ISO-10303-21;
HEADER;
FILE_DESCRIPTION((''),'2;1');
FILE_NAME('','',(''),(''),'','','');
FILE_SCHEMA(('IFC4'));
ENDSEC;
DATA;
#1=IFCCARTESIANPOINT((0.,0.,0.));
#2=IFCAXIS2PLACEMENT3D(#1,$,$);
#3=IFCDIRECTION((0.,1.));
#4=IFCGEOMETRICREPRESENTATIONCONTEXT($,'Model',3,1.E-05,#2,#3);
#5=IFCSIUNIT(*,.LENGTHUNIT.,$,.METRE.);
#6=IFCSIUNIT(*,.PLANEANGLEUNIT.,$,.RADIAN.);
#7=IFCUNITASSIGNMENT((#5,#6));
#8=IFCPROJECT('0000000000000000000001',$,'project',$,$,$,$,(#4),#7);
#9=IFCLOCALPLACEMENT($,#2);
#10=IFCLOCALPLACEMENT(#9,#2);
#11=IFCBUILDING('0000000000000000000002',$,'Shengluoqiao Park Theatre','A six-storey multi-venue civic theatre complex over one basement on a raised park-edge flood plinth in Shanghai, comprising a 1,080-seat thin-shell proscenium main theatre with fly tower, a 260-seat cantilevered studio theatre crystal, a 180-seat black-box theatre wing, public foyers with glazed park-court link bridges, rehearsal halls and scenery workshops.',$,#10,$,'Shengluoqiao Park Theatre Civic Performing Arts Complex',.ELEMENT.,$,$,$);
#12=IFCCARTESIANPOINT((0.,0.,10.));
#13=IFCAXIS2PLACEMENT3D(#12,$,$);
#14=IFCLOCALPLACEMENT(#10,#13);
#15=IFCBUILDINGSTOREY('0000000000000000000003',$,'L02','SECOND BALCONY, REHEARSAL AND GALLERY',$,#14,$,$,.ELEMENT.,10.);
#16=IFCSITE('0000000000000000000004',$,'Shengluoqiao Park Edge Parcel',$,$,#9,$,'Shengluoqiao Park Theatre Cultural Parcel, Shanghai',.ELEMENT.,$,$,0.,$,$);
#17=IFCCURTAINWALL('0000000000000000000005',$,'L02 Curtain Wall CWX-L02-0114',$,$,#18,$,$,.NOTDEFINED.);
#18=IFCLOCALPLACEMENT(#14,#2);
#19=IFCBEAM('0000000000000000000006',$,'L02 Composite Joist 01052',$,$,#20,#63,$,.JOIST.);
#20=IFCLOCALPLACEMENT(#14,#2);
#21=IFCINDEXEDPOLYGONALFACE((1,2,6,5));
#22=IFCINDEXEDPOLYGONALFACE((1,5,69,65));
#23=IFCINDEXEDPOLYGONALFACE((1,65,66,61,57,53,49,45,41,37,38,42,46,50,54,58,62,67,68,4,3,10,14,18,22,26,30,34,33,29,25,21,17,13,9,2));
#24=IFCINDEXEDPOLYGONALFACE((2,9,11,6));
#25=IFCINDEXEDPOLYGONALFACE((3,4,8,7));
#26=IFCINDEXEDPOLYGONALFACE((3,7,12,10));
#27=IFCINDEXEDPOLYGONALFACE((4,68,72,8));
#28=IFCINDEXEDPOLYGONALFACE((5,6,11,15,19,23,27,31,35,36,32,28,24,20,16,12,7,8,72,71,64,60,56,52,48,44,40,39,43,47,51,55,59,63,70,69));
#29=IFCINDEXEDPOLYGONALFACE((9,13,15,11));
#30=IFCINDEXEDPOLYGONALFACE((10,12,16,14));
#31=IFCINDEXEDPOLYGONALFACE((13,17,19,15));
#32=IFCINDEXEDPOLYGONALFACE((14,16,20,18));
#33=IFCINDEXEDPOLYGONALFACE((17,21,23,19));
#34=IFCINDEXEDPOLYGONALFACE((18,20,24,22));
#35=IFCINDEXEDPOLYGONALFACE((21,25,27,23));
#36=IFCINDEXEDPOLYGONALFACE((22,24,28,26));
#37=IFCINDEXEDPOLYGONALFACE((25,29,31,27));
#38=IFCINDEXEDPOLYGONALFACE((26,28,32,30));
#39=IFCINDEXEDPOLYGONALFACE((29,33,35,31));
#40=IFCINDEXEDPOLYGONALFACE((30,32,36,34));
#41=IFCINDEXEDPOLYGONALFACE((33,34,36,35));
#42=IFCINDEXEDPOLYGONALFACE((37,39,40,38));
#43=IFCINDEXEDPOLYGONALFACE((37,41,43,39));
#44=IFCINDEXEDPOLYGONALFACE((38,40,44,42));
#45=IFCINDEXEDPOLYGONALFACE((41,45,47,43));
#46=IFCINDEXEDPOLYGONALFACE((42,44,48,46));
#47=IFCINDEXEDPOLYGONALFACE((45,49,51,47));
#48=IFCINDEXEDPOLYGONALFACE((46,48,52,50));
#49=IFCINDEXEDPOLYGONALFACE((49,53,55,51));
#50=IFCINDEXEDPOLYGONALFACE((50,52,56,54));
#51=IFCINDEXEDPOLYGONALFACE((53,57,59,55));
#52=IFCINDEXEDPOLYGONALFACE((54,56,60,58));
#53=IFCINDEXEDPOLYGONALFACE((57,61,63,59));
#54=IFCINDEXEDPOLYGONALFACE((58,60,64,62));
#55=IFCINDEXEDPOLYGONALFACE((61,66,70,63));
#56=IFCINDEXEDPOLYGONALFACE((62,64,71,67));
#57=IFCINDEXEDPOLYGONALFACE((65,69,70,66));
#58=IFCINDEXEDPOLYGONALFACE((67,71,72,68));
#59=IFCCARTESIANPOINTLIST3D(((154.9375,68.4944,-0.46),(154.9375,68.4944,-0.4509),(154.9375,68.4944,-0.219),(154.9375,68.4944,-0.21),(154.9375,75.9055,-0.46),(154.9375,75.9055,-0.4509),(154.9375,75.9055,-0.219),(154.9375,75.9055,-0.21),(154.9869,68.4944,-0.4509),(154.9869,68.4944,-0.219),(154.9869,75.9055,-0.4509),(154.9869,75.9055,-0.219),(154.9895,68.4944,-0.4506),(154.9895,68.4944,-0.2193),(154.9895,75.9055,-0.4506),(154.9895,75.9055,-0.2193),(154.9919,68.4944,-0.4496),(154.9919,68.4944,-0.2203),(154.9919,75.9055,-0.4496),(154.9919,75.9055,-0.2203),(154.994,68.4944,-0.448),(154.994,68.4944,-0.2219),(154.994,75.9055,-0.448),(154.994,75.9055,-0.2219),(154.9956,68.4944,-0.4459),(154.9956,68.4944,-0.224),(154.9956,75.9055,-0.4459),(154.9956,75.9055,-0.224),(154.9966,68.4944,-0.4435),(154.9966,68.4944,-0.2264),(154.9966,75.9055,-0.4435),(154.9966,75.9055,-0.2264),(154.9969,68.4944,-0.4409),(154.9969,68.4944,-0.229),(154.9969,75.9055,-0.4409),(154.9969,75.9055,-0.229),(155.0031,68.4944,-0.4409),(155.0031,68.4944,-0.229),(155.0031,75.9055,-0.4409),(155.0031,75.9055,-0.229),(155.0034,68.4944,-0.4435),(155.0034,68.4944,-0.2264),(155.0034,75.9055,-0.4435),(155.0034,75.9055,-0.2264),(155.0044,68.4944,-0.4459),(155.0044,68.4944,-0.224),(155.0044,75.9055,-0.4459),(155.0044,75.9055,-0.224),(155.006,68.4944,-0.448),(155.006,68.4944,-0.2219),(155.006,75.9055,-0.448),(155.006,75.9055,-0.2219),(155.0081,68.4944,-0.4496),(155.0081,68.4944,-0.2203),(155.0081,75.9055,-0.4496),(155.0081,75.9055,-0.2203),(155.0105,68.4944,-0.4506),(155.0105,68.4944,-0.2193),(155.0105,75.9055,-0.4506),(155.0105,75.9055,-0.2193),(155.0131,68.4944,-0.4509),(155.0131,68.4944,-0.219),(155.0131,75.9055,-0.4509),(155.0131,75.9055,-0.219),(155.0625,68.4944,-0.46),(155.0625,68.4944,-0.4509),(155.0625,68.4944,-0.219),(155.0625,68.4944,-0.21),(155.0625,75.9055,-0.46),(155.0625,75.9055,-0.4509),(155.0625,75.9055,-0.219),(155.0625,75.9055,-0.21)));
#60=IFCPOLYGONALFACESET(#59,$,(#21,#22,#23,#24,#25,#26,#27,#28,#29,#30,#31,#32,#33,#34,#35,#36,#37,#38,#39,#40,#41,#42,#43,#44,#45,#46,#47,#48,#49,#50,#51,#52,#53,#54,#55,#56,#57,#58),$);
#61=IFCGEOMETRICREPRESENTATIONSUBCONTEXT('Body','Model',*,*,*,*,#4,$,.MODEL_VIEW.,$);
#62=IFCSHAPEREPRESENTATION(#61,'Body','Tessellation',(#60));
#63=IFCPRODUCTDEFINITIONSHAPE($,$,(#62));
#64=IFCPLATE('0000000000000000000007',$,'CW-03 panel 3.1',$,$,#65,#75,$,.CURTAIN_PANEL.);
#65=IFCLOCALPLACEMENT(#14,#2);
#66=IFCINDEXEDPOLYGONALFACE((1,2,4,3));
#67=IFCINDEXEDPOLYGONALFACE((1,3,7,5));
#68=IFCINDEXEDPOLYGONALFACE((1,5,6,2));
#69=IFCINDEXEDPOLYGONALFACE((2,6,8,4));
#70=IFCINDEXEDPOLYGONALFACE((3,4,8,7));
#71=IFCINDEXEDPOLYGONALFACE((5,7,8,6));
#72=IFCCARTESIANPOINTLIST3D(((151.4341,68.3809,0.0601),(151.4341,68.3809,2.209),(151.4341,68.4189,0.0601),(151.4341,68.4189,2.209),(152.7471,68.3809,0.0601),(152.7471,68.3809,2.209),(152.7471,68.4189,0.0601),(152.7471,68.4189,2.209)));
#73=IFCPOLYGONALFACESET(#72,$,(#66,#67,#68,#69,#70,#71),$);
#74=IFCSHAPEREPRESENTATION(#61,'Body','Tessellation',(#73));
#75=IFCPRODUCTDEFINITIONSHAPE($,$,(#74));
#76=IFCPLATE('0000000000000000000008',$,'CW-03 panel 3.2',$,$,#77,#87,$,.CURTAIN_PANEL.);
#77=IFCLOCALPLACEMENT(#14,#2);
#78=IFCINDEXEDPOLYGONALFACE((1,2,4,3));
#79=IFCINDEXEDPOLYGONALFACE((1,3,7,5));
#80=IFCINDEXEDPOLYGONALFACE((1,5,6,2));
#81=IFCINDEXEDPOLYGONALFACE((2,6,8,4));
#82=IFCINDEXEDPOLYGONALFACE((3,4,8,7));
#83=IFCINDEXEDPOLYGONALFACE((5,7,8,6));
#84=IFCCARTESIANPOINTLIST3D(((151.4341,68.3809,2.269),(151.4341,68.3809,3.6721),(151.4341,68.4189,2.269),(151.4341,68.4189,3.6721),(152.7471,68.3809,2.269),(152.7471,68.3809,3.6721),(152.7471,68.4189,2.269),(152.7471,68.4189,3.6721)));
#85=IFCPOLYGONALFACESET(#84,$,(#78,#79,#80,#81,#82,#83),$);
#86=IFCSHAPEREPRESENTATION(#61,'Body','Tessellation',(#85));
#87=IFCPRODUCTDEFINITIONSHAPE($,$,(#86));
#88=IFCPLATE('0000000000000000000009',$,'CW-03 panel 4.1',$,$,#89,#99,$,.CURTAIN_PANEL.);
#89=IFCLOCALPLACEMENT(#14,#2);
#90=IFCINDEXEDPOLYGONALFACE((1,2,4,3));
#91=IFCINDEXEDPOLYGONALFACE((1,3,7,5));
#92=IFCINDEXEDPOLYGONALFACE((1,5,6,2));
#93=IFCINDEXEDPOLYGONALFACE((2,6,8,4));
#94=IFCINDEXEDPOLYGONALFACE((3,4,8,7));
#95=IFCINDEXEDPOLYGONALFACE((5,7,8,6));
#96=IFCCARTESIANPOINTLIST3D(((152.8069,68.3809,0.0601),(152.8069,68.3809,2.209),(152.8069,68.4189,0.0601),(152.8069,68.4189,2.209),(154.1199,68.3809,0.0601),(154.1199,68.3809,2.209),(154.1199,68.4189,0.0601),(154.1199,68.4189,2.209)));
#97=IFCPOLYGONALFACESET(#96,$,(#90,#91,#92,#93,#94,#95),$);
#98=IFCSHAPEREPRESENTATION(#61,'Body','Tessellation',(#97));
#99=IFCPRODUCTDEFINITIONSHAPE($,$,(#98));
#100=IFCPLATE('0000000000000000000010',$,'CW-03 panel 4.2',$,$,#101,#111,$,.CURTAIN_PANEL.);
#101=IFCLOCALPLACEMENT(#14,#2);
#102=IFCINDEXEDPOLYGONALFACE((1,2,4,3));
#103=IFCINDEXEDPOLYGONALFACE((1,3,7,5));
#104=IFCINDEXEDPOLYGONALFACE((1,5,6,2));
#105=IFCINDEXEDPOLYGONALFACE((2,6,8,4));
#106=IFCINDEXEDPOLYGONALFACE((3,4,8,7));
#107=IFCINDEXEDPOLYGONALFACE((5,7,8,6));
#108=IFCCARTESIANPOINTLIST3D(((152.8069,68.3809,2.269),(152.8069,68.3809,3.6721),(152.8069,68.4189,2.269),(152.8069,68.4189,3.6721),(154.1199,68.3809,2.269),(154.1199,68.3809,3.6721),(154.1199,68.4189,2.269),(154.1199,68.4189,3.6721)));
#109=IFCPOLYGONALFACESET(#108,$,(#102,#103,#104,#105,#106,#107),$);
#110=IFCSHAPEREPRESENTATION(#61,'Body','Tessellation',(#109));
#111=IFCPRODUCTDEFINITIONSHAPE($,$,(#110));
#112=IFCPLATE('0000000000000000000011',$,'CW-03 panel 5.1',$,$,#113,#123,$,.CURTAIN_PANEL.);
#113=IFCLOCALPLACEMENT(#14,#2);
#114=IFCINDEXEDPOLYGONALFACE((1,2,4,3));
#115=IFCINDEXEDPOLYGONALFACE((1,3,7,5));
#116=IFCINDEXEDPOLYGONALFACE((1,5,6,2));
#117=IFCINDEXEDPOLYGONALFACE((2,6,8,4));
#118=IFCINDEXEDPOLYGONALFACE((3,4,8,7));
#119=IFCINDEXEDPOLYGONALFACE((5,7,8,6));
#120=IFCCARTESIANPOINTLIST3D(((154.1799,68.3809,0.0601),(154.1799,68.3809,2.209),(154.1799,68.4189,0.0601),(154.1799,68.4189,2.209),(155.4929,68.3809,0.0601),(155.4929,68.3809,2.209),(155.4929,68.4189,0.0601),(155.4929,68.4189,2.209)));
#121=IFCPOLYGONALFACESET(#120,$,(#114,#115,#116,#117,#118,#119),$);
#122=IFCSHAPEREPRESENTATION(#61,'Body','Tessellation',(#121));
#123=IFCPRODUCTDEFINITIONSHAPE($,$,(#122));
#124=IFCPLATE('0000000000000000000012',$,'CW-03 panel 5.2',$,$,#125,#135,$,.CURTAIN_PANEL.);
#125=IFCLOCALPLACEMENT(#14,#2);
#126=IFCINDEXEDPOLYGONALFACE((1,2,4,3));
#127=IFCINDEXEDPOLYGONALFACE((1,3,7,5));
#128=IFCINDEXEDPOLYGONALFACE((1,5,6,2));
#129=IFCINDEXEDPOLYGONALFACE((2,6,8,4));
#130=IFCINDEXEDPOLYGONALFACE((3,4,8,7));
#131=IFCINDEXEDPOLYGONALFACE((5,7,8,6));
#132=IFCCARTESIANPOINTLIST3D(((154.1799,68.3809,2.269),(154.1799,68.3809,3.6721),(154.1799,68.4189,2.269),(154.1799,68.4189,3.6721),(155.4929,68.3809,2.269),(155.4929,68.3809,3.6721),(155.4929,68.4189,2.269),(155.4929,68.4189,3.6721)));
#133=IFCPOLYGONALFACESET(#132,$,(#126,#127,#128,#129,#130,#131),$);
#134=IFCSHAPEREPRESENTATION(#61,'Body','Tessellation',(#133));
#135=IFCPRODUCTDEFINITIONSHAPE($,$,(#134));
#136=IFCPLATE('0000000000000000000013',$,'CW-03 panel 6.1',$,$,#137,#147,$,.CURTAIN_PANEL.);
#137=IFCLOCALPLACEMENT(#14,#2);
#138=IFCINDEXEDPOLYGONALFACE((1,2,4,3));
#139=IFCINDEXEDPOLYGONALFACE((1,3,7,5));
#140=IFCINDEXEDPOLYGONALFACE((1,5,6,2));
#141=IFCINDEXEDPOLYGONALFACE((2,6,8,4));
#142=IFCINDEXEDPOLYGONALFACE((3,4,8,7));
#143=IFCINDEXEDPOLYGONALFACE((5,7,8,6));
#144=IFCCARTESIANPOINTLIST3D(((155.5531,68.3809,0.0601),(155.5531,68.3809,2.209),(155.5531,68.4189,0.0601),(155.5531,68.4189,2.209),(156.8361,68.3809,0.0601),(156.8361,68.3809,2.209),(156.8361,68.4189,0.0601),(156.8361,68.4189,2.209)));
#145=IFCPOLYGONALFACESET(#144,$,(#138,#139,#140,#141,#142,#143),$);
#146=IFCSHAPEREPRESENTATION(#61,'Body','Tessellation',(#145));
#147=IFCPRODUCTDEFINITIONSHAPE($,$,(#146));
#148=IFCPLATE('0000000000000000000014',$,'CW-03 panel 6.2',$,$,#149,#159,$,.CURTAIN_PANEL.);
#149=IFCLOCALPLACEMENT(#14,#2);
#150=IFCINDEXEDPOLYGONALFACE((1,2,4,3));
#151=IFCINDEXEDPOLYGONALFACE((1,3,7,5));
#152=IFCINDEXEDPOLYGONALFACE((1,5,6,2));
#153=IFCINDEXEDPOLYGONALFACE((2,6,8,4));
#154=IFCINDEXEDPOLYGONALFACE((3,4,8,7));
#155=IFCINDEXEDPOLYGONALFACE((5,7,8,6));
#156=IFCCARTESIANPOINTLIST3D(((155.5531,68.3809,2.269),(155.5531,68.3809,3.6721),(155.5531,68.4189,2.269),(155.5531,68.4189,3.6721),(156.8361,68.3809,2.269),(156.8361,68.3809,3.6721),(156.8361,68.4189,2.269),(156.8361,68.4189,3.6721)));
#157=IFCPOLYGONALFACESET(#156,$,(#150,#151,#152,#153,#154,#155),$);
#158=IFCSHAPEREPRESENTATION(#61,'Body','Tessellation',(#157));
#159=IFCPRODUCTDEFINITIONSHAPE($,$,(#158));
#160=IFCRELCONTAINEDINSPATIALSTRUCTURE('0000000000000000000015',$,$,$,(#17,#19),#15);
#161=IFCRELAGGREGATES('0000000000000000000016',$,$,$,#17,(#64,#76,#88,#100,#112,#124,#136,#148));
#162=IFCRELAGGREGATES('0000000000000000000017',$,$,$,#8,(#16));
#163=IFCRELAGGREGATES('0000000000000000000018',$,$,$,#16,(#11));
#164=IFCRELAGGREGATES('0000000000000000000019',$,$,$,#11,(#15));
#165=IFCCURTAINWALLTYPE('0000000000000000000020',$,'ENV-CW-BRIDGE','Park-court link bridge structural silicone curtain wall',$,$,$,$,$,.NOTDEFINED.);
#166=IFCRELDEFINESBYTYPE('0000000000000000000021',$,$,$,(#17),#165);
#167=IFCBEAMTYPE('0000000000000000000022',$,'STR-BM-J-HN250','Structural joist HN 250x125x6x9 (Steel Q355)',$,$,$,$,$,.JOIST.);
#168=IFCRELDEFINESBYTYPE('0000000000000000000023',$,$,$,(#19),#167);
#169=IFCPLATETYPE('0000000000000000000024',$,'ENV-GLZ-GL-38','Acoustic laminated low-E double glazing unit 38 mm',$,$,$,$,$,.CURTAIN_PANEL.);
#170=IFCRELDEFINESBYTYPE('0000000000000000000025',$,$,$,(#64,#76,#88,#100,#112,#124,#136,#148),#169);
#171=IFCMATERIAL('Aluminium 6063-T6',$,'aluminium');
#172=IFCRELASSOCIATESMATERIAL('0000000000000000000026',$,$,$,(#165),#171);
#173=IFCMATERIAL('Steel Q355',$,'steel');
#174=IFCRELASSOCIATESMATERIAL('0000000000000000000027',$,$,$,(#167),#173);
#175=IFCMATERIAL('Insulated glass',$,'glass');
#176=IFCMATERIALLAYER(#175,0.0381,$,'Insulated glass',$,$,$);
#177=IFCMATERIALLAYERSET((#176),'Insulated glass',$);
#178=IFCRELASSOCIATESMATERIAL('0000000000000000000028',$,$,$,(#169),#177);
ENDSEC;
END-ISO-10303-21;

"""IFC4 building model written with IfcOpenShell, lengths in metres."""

from ifc_helpers import new_model, si_unit, direction, frame, origin, origin_2d, place, context, subcontext, project, spatial, rectangle, i_section, extrude, material, layer, layer_set, material_profile, profile_set, type_object, element, aggregate, save


model = new_model("IFC4")

# Units and contexts
model_context = context("Model", 3, precision=1e-05, world=origin(), true_north=direction((0.0, 1.0)))
body_context = subcontext(model_context, "Body", "Model", "MODEL_VIEW")
ifc_project = project(units=[si_unit("LENGTHUNIT", "METRE"), si_unit("PLANEANGLEUNIT", "RADIAN")], contexts=[model_context])

# Site, building, storey
site_placement = place(None, origin())
site = spatial("IfcSite", under=ifc_project, at=site_placement, Name="Shengluoqiao Park Edge Parcel", LongName="Shengluoqiao Park Theatre Cultural Parcel, Shanghai", CompositionType="ELEMENT", RefElevation=0.0)
building_placement = place(site_placement, origin())
building = spatial("IfcBuilding", under=site, at=building_placement, Name="Shengluoqiao Park Theatre", Description="A six-storey multi-venue civic theatre complex over one basement on a raised park-edge flood plinth in Shanghai, comprising a 1,080-seat thin-shell proscenium main theatre with fly tower, a 260-seat cantilevered studio theatre crystal, a 180-seat black-box theatre wing, public foyers with glazed park-court link bridges, rehearsal halls and scenery workshops.", LongName="Shengluoqiao Park Theatre Civic Performing Arts Complex", CompositionType="ELEMENT")
storey_placement = place(building_placement, frame((0.0, 0.0, 10.0)))
storey = spatial("IfcBuildingStorey", under=building, at=storey_placement, Name="L02", Description="SECOND BALCONY, REHEARSAL AND GALLERY", CompositionType="ELEMENT", Elevation=10.0)

# Curtain wall
ifc_material_1 = material(Name="Aluminium 6063-T6", Category="aluminium")
curtain_wall_type = type_object("IfcCurtainWallType", Name="ENV-CW-BRIDGE", Description="Park-court link bridge structural silicone curtain wall", PredefinedType="NOTDEFINED", material=ifc_material_1)
curtain_wall_placement = place(storey_placement, origin())
curtain_wall = element("IfcCurtainWall", 1, at=curtain_wall_placement, inside=storey, type_object=curtain_wall_type, Name="L02 Curtain Wall CWX-L02-0114", PredefinedType="NOTDEFINED")

# Beam
ifc_material_2 = material(Name="Steel Q355", Category="steel")
ifc_material_profile_1 = material_profile(ifc_material_2, i_section(OverallWidth=0.125, OverallDepth=0.25, WebThickness=0.0061, FlangeThickness=0.009, FilletRadius=0.01, at=origin_2d()), Name="HN 250x125x6x9")
ifc_profile_set_1 = profile_set([ifc_material_profile_1], Name="Steel Q355")
beam_type = type_object("IfcBeamType", Name="STR-BM-J-HN250", Description="Structural joist HN 250x125x6x9 (Steel Q355)", PredefinedType="JOIST", material=ifc_profile_set_1)
for number, where, z_axis, x_axis, name in (
    (2, (155.0, 68.4944, -0.335), (0.0, 1.0, 0.0), (-1.0, 0.0, 0.0), "L02 Composite Joist 01052"),
):
    element("IfcBeam", number, at=place(storey_placement, frame(where, z_axis=z_axis, x_axis=x_axis)), inside=storey, type_object=beam_type, Name=name, PredefinedType="JOIST", context=body_context, shape_type="SweptSolid", body=[
        extrude(i_section(OverallWidth=0.125, OverallDepth=0.25, WebThickness=0.0061, FlangeThickness=0.009, FilletRadius=0.01, at=origin_2d()), origin(), (0.0, 0.0, 1.0), 7.4111),
    ])

# Plates
ifc_material_3 = material(Name="Insulated glass", Category="glass")
ifc_layer = layer(ifc_material_3, 0.0381, Name="Insulated glass")
ifc_layer_set = layer_set([ifc_layer], Name="Insulated glass")
plate_type = type_object("IfcPlateType", Name="ENV-GLZ-GL-38", Description="Acoustic laminated low-E double glazing unit 38 mm", PredefinedType="CURTAIN_PANEL", material=ifc_layer_set)
plate_1_placement = place(storey_placement, frame((152.0906, 68.3999, 0.0601), z_axis=(0.0, 0.0, 1.0), x_axis=(1.0, 0.0, 0.0)))
plate_1 = element("IfcPlate", 3, at=plate_1_placement, type_object=plate_type, Name="CW-03 panel 3.1", PredefinedType="CURTAIN_PANEL", context=body_context, shape_type="SweptSolid", body=[
    extrude(rectangle(XDim=1.313, YDim=0.0381, at=origin_2d()), origin(), (0.0, 0.0, 1.0), 2.1489),
])
plate_2_placement = place(storey_placement, frame((152.0906, 68.3999, 2.269), z_axis=(0.0, 0.0, 1.0), x_axis=(1.0, 0.0, 0.0)))
plate_2 = element("IfcPlate", 4, at=plate_2_placement, type_object=plate_type, Name="CW-03 panel 3.2", PredefinedType="CURTAIN_PANEL", context=body_context, shape_type="SweptSolid", body=[
    extrude(rectangle(XDim=1.313, YDim=0.0381, at=origin_2d()), origin(), (0.0, 0.0, 1.0), 1.4031),
])
plate_3_placement = place(storey_placement, frame((153.4634, 68.3999, 0.0601), z_axis=(0.0, 0.0, 1.0), x_axis=(1.0, 0.0, 0.0)))
plate_3 = element("IfcPlate", 5, at=plate_3_placement, type_object=plate_type, Name="CW-03 panel 4.1", PredefinedType="CURTAIN_PANEL", context=body_context, shape_type="SweptSolid", body=[
    extrude(rectangle(XDim=1.313, YDim=0.0381, at=origin_2d()), origin(), (0.0, 0.0, 1.0), 2.1489),
])
plate_4_placement = place(storey_placement, frame((153.4634, 68.3999, 2.269), z_axis=(0.0, 0.0, 1.0), x_axis=(1.0, 0.0, 0.0)))
plate_4 = element("IfcPlate", 6, at=plate_4_placement, type_object=plate_type, Name="CW-03 panel 4.2", PredefinedType="CURTAIN_PANEL", context=body_context, shape_type="SweptSolid", body=[
    extrude(rectangle(XDim=1.313, YDim=0.0381, at=origin_2d()), origin(), (0.0, 0.0, 1.0), 1.4031),
])
plate_5_placement = place(storey_placement, frame((154.8364, 68.3999, 0.0601), z_axis=(0.0, 0.0, 1.0), x_axis=(1.0, 0.0, 0.0)))
plate_5 = element("IfcPlate", 7, at=plate_5_placement, type_object=plate_type, Name="CW-03 panel 5.1", PredefinedType="CURTAIN_PANEL", context=body_context, shape_type="SweptSolid", body=[
    extrude(rectangle(XDim=1.313, YDim=0.0381, at=origin_2d()), origin(), (0.0, 0.0, 1.0), 2.1489),
])
plate_6_placement = place(storey_placement, frame((154.8364, 68.3999, 2.269), z_axis=(0.0, 0.0, 1.0), x_axis=(1.0, 0.0, 0.0)))
plate_6 = element("IfcPlate", 8, at=plate_6_placement, type_object=plate_type, Name="CW-03 panel 5.2", PredefinedType="CURTAIN_PANEL", context=body_context, shape_type="SweptSolid", body=[
    extrude(rectangle(XDim=1.313, YDim=0.0381, at=origin_2d()), origin(), (0.0, 0.0, 1.0), 1.4031),
])
plate_7_placement = place(storey_placement, frame((156.1946, 68.3999, 0.0601), z_axis=(0.0, 0.0, 1.0), x_axis=(1.0, 0.0, 0.0)))
plate_7 = element("IfcPlate", 9, at=plate_7_placement, type_object=plate_type, Name="CW-03 panel 6.1", PredefinedType="CURTAIN_PANEL", context=body_context, shape_type="SweptSolid", body=[
    extrude(rectangle(XDim=1.283, YDim=0.0381, at=origin_2d()), origin(), (0.0, 0.0, 1.0), 2.1489),
])
plate_8_placement = place(storey_placement, frame((156.1946, 68.3999, 2.269), z_axis=(0.0, 0.0, 1.0), x_axis=(1.0, 0.0, 0.0)))
plate_8 = element("IfcPlate", 10, at=plate_8_placement, type_object=plate_type, Name="CW-03 panel 6.2", PredefinedType="CURTAIN_PANEL", context=body_context, shape_type="SweptSolid", body=[
    extrude(rectangle(XDim=1.283, YDim=0.0381, at=origin_2d()), origin(), (0.0, 0.0, 1.0), 1.4031),
])
aggregate(curtain_wall, [plate_1, plate_2, plate_3, plate_4, plate_5, plate_6, plate_7, plate_8])

save(model, "model.ifc")
